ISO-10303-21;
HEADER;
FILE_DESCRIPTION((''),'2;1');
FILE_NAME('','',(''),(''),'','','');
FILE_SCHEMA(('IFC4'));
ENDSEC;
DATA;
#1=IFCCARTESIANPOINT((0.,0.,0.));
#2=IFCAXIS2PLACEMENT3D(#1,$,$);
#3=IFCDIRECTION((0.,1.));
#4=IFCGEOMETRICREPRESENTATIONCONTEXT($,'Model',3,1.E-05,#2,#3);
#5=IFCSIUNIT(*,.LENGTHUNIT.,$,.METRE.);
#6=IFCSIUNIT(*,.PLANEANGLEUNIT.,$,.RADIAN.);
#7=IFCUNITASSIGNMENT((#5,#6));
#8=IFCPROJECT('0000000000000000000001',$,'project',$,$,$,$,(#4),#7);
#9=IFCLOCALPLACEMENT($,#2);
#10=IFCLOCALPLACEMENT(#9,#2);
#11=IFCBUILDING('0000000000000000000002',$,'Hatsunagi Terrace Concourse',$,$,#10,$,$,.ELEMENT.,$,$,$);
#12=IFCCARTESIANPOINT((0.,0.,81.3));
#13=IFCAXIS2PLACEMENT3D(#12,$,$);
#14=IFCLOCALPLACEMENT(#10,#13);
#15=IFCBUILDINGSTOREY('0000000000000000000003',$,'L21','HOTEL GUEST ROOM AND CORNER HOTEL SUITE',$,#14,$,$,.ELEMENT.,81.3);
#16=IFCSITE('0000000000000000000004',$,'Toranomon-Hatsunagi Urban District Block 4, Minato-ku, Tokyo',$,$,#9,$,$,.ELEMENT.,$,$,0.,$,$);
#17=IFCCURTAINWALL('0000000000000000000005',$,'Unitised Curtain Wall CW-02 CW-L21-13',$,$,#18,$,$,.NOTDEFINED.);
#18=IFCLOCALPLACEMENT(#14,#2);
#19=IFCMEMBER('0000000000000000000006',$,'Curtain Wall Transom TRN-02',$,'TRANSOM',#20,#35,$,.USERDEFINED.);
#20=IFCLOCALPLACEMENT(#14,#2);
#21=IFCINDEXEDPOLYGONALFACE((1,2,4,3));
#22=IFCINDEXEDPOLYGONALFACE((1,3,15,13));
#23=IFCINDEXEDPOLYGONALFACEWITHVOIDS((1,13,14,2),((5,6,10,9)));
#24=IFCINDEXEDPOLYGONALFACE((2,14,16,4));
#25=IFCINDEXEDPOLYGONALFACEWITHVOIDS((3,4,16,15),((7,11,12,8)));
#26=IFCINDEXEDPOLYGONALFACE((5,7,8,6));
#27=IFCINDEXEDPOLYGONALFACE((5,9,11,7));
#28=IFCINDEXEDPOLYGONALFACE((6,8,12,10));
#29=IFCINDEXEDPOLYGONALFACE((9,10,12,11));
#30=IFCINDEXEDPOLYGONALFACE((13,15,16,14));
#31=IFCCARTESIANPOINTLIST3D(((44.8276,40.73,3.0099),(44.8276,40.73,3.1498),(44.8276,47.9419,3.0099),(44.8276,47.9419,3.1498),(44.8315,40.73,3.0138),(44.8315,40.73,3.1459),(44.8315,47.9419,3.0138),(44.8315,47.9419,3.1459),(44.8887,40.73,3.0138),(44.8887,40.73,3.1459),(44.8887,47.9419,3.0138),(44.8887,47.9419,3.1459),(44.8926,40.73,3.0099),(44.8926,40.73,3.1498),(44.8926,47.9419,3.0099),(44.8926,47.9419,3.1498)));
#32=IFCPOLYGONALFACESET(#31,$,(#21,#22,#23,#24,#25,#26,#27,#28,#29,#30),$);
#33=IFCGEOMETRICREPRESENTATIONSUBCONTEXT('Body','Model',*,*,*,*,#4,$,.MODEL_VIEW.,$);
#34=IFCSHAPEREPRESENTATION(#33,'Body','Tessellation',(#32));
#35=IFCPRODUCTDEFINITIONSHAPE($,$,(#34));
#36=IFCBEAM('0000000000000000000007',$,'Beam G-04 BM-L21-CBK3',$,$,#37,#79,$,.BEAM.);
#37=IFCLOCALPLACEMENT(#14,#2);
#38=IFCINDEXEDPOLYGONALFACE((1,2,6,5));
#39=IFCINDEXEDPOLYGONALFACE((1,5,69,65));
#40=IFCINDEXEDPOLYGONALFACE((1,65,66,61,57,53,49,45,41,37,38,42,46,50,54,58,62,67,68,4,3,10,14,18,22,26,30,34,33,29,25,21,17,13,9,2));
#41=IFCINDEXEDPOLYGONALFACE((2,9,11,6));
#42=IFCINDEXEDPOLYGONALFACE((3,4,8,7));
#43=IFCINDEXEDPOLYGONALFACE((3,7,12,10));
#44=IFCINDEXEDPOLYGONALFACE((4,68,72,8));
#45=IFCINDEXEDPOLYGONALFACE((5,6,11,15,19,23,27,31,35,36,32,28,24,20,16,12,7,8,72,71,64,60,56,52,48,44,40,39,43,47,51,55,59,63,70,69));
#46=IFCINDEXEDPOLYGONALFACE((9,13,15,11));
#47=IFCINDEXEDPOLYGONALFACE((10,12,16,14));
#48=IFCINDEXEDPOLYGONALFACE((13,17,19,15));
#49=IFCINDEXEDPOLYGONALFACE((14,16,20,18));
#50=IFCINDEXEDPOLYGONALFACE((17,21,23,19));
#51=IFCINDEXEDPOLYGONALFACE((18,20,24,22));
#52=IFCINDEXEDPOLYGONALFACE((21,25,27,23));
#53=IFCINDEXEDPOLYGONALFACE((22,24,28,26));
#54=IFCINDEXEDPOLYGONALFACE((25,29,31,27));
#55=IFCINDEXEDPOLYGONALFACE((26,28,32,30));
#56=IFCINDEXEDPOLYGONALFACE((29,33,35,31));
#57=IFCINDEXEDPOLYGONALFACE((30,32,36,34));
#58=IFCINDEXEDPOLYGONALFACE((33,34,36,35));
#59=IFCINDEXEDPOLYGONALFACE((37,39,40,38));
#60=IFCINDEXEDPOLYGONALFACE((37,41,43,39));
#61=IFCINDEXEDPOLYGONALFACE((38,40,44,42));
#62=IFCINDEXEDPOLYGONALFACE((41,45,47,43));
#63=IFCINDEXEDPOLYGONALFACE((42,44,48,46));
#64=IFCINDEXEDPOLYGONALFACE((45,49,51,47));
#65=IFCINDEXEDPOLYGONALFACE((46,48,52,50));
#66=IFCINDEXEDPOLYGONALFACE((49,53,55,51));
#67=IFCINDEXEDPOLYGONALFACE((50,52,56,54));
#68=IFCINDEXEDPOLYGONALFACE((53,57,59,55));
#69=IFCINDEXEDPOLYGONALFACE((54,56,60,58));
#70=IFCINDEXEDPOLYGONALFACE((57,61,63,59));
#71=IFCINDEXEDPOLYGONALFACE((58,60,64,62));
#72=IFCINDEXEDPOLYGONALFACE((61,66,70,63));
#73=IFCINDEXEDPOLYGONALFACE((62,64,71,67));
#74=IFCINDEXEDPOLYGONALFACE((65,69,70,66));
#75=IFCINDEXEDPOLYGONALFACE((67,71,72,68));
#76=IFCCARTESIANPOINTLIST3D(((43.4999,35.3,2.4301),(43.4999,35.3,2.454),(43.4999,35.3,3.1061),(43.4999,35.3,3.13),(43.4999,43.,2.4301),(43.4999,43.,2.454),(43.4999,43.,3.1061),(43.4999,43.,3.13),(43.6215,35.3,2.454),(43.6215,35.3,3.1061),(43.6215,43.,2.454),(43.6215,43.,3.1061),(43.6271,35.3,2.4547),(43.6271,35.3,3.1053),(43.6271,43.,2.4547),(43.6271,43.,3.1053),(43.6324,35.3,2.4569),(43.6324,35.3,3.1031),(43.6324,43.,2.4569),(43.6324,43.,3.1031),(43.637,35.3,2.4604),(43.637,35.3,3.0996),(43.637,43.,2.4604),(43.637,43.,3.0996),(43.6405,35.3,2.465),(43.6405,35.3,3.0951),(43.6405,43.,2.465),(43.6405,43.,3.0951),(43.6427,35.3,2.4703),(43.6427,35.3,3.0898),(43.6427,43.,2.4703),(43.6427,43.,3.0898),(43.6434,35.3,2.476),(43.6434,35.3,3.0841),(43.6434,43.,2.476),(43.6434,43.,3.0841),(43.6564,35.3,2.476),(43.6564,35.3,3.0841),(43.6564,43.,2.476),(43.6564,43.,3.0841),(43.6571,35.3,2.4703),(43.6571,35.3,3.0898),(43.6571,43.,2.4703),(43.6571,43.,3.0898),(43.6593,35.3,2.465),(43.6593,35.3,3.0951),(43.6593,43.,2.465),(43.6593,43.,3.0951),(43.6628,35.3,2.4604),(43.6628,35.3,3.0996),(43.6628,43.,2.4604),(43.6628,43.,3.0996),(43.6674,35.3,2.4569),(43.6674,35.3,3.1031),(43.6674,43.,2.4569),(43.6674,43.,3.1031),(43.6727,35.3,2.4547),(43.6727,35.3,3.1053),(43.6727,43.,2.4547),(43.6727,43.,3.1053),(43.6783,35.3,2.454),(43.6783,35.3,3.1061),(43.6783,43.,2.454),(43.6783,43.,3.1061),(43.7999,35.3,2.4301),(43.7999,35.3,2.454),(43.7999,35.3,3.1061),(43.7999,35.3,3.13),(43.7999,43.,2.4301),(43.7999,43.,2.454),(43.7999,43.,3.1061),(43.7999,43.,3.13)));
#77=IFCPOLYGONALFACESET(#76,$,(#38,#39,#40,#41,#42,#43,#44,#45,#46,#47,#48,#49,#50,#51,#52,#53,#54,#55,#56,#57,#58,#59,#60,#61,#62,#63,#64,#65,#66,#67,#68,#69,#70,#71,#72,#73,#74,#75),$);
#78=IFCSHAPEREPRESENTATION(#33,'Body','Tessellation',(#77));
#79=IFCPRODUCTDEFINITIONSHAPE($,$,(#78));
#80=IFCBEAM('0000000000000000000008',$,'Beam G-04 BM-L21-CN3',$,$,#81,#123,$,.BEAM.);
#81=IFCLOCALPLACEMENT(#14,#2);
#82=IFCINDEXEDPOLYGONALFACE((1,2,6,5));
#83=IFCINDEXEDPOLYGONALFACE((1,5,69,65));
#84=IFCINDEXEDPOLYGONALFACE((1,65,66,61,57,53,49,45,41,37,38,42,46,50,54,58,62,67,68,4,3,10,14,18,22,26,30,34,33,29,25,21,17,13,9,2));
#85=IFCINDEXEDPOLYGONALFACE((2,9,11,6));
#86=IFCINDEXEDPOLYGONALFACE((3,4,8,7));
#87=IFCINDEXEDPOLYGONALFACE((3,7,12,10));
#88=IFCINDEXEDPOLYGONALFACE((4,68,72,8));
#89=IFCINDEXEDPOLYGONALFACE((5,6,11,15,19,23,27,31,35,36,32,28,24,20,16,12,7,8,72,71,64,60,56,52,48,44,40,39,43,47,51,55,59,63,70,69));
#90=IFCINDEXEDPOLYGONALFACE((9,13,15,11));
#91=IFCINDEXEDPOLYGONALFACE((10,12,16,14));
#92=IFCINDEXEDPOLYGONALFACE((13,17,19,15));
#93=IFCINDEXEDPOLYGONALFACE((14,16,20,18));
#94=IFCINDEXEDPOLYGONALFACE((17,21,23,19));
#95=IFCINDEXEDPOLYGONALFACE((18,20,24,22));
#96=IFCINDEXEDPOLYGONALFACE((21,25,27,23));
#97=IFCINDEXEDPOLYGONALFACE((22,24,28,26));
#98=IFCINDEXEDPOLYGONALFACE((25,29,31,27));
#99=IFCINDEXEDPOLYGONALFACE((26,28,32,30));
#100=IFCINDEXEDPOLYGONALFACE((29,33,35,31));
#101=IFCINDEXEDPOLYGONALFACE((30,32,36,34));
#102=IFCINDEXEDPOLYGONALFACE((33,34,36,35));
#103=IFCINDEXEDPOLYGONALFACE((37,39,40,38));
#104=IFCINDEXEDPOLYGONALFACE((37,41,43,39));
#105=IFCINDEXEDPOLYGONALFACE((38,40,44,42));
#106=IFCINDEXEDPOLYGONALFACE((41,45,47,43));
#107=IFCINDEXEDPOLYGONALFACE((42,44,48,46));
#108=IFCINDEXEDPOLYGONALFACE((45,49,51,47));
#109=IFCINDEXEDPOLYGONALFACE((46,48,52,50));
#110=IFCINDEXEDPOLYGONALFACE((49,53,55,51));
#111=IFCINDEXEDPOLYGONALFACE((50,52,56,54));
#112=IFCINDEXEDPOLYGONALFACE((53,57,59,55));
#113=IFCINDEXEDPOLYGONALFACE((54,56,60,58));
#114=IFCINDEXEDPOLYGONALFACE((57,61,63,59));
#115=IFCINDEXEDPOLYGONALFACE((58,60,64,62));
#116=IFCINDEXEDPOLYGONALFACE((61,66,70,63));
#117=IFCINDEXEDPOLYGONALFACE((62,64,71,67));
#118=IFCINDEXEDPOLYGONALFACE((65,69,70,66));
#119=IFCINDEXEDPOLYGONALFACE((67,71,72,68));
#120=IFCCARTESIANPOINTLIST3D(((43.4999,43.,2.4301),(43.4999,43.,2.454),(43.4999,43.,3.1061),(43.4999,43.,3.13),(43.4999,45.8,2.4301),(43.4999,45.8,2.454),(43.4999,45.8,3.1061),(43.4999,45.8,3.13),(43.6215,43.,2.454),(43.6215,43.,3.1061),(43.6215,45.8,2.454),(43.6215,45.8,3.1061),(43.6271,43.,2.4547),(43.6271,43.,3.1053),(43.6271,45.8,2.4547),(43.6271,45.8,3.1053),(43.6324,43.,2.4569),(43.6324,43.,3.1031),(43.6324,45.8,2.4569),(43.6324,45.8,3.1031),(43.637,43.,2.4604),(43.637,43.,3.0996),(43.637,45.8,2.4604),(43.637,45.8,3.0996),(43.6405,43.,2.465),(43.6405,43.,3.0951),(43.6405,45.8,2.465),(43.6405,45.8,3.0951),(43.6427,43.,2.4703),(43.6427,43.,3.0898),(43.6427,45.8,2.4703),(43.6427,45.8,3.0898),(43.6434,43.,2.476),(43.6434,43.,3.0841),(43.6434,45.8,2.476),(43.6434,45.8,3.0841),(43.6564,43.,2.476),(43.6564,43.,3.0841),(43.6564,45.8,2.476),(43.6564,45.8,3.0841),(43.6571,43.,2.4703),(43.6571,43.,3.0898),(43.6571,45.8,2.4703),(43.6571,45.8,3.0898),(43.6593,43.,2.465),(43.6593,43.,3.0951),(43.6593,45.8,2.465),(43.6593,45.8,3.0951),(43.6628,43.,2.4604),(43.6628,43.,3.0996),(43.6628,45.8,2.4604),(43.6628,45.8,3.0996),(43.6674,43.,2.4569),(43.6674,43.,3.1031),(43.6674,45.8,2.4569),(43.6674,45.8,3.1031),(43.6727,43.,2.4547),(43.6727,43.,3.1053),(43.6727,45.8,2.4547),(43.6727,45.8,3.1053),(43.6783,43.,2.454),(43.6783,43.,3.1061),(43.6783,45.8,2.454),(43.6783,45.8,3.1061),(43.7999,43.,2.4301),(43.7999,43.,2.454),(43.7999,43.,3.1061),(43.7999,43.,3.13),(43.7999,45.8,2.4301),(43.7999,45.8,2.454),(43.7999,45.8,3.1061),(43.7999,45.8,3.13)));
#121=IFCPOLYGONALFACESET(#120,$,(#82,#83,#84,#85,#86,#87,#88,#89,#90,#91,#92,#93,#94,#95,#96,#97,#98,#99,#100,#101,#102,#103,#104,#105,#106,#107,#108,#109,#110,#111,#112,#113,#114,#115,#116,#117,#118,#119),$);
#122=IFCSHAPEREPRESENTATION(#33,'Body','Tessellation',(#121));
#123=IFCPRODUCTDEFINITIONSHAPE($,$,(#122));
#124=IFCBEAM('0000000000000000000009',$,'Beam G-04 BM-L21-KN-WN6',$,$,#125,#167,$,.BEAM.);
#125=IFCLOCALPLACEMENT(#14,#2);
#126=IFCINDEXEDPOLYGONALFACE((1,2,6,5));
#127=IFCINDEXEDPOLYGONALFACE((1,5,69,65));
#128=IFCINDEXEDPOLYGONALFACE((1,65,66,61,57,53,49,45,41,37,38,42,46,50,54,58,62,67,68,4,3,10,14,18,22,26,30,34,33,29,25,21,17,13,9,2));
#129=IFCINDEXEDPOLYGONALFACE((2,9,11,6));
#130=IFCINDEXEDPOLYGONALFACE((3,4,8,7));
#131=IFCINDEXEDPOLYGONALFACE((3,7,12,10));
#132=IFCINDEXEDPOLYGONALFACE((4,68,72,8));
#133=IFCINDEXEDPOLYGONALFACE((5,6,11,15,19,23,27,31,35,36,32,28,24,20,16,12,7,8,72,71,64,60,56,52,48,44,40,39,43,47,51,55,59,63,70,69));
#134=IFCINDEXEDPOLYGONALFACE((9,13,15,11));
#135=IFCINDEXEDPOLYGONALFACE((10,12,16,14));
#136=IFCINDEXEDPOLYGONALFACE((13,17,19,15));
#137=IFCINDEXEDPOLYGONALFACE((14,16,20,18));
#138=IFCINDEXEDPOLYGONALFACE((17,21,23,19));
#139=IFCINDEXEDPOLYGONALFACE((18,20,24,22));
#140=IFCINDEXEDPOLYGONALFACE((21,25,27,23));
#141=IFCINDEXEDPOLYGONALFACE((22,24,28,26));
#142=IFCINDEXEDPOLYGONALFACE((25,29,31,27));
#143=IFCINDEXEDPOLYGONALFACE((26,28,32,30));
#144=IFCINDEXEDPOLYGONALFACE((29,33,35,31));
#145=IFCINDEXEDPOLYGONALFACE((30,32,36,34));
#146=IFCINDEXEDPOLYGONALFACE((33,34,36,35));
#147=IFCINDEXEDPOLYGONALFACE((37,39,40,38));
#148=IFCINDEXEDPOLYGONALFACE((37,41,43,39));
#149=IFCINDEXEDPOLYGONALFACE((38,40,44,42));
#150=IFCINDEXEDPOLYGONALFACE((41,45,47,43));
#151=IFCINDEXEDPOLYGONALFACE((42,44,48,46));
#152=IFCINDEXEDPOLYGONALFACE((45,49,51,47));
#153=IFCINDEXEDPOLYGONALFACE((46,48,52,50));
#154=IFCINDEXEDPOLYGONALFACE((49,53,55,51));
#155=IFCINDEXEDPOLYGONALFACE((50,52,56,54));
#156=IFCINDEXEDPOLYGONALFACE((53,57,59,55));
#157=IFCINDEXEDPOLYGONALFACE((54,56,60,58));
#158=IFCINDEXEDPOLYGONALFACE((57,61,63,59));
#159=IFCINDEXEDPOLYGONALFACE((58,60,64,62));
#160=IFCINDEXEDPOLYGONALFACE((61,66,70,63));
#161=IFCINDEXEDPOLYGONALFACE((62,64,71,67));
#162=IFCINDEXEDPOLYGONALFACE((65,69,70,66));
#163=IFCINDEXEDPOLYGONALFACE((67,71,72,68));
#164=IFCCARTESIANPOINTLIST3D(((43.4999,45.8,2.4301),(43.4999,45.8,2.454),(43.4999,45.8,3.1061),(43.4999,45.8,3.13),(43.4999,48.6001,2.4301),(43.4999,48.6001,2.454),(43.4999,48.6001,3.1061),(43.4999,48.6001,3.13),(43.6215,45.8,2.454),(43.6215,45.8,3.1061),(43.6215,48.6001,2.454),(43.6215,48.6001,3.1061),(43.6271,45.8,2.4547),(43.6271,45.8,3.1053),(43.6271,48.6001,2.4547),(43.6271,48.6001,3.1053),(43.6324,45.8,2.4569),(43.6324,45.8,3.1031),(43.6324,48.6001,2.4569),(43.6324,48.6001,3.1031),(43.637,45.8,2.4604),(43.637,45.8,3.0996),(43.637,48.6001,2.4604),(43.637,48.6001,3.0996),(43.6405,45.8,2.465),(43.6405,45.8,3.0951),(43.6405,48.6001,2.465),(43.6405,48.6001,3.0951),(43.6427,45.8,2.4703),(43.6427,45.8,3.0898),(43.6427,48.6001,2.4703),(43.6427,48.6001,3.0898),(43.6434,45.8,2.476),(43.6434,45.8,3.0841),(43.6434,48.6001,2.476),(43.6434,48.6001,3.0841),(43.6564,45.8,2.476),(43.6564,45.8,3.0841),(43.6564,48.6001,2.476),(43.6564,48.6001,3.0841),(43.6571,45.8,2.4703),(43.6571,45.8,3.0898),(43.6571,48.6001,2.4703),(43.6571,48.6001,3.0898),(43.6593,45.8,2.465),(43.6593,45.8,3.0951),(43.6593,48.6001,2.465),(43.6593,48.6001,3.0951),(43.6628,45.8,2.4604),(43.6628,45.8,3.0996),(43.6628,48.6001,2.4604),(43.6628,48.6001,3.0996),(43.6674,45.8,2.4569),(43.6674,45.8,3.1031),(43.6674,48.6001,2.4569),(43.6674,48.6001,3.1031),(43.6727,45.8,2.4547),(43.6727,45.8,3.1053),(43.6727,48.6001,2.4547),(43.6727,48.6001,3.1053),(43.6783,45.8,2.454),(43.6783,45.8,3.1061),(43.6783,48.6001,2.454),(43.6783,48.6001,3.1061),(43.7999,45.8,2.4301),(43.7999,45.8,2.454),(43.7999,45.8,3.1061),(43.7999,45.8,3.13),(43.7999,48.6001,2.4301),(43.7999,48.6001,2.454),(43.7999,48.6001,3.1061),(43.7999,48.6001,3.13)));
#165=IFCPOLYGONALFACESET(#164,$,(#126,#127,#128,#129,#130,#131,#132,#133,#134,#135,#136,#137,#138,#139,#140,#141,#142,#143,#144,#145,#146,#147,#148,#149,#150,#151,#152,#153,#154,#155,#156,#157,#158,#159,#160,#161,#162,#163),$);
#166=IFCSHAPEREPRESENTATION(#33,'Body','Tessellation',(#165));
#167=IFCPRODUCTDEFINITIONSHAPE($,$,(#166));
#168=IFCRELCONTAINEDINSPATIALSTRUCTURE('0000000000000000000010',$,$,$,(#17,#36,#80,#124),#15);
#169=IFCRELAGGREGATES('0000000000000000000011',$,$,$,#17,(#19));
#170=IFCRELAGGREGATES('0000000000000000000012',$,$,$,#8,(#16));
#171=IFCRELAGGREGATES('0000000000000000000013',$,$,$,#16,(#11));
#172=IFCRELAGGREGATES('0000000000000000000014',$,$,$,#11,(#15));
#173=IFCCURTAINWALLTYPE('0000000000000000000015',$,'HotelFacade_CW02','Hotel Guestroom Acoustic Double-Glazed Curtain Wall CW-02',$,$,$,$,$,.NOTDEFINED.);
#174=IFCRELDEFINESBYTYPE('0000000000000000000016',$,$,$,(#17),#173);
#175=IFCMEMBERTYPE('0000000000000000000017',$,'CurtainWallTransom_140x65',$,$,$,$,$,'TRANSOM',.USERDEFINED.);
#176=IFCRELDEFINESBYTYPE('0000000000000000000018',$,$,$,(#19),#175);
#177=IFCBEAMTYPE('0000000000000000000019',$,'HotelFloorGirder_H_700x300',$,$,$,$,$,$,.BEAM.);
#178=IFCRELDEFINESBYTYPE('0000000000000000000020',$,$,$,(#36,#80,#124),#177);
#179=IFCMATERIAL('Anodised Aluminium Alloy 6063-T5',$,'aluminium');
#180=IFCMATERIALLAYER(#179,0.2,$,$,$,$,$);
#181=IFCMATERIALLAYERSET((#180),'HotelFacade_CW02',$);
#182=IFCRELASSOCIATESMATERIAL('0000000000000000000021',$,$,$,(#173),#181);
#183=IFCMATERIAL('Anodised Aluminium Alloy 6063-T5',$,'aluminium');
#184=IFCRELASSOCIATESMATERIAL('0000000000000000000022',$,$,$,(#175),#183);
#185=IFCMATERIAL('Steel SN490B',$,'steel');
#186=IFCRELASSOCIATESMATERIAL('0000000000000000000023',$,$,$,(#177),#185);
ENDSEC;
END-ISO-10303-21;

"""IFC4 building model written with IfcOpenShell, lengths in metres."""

from ifc_helpers import new_model, si_unit, direction, frame, origin, origin_2d, place, context, subcontext, project, spatial, hollow_rectangle, i_section, extrude, material, layer, layer_set, material_profile, profile_set, type_object, element, aggregate, save


model = new_model("IFC4")

# Units and contexts
model_context = context("Model", 3, precision=1e-05, world=origin(), true_north=direction((0.0, 1.0)))
body_context = subcontext(model_context, "Body", "Model", "MODEL_VIEW")
ifc_project = project(units=[si_unit("LENGTHUNIT", "METRE"), si_unit("PLANEANGLEUNIT", "RADIAN")], contexts=[model_context])

# Site, building, storey
site_placement = place(None, origin())
site = spatial("IfcSite", under=ifc_project, at=site_placement, Name="Toranomon-Hatsunagi Urban District Block 4, Minato-ku, Tokyo", CompositionType="ELEMENT", RefElevation=0.0)
building_placement = place(site_placement, origin())
building = spatial("IfcBuilding", under=site, at=building_placement, Name="Hatsunagi Terrace Concourse", CompositionType="ELEMENT")
storey_placement = place(building_placement, frame((0.0, 0.0, 81.3)))
storey = spatial("IfcBuildingStorey", under=building, at=storey_placement, Name="L21", Description="HOTEL GUEST ROOM AND CORNER HOTEL SUITE", CompositionType="ELEMENT", Elevation=81.3)

# Curtain wall, member
ifc_material_1 = material(Name="Anodised Aluminium Alloy 6063-T5", Category="aluminium")
ifc_layer_1 = layer(ifc_material_1, 0.2)
ifc_layer_set_1 = layer_set([ifc_layer_1], Name="HotelFacade_CW02")
curtain_wall_type = type_object("IfcCurtainWallType", Name="HotelFacade_CW02", Description="Hotel Guestroom Acoustic Double-Glazed Curtain Wall CW-02", PredefinedType="NOTDEFINED", material=ifc_layer_set_1)
curtain_wall_placement = place(storey_placement, origin())
curtain_wall = element("IfcCurtainWall", 1, at=curtain_wall_placement, inside=storey, type_object=curtain_wall_type, Name="Unitised Curtain Wall CW-02 CW-L21-13", PredefinedType="NOTDEFINED")
ifc_material_2 = material(Name="Anodised Aluminium Alloy 6063-T5", Category="aluminium")
ifc_material_profile_1 = material_profile(ifc_material_2, hollow_rectangle(XDim=0.0649, YDim=0.1399, WallThickness=0.0039, at=origin_2d()), Name="ALU-TRN-140x65x4")
ifc_profile_set_1 = profile_set([ifc_material_profile_1], Name="Anodised Aluminium Alloy 6063-T5")
member_type_1 = type_object("IfcMemberType", Name="CurtainWallTransom_140x65", ElementType="TRANSOM", PredefinedType="USERDEFINED", material=ifc_profile_set_1)
member_1_placement = place(storey_placement, frame((44.8601, 47.9419, 3.0798), z_axis=(0.0, -1.0, 0.0), x_axis=(1.0, 0.0, 0.0)))
member_1 = element("IfcMember", 2, at=member_1_placement, type_object=member_type_1, Name="Curtain Wall Transom TRN-02", ObjectType="TRANSOM", PredefinedType="USERDEFINED", context=body_context, shape_type="SweptSolid", body=[
    extrude(hollow_rectangle(XDim=0.0649, YDim=0.1399, WallThickness=0.0039, at=origin_2d()), origin(), (0.0, 0.0, 1.0), 7.2119),
])

# Beams
ifc_material_3 = material(Name="Steel SN490B", Category="steel")
ifc_material_profile_2 = material_profile(ifc_material_3, i_section(OverallWidth=0.3, OverallDepth=0.7, WebThickness=0.0129, FlangeThickness=0.0239, FilletRadius=0.022, at=origin_2d()), Name="H-700x300x13x24")
ifc_profile_set_2 = profile_set([ifc_material_profile_2], Name="Steel SN490B")
beam_type_1 = type_object("IfcBeamType", Name="HotelFloorGirder_H_700x300", PredefinedType="BEAM", material=ifc_profile_set_2)
beam_1_placement = place(storey_placement, frame((43.6499, 35.3, 2.78), z_axis=(0.0, 1.0, 0.0), x_axis=(-1.0, 0.0, 0.0)))
element("IfcBeam", 3, at=beam_1_placement, inside=storey, type_object=beam_type_1, Name="Beam G-04 BM-L21-CBK3", PredefinedType="BEAM", context=body_context, shape_type="SweptSolid", body=[
    extrude(i_section(OverallWidth=0.3, OverallDepth=0.7, WebThickness=0.0129, FlangeThickness=0.0239, FilletRadius=0.022, at=origin_2d()), origin(), (0.0, 0.0, 1.0), 7.7),
])
for number, where, z_axis, x_axis, name in (
    (4, (43.6499, 43.0, 2.78), (0.0, 1.0, 0.0), (-1.0, 0.0, 0.0), "Beam G-04 BM-L21-CN3"),
    (5, (43.6499, 45.8, 2.78), (0.0, 1.0, 0.0), (-1.0, 0.0, 0.0), "Beam G-04 BM-L21-KN-WN6"),
):
    element("IfcBeam", number, at=place(storey_placement, frame(where, z_axis=z_axis, x_axis=x_axis)), inside=storey, type_object=beam_type_1, Name=name, PredefinedType="BEAM", context=body_context, shape_type="SweptSolid", body=[
        extrude(i_section(OverallWidth=0.3, OverallDepth=0.7, WebThickness=0.0129, FlangeThickness=0.0239, FilletRadius=0.022, at=origin_2d()), origin(), (0.0, 0.0, 1.0), 2.8),
    ])

aggregate(curtain_wall, [member_1])

save(model, "model.ifc")
